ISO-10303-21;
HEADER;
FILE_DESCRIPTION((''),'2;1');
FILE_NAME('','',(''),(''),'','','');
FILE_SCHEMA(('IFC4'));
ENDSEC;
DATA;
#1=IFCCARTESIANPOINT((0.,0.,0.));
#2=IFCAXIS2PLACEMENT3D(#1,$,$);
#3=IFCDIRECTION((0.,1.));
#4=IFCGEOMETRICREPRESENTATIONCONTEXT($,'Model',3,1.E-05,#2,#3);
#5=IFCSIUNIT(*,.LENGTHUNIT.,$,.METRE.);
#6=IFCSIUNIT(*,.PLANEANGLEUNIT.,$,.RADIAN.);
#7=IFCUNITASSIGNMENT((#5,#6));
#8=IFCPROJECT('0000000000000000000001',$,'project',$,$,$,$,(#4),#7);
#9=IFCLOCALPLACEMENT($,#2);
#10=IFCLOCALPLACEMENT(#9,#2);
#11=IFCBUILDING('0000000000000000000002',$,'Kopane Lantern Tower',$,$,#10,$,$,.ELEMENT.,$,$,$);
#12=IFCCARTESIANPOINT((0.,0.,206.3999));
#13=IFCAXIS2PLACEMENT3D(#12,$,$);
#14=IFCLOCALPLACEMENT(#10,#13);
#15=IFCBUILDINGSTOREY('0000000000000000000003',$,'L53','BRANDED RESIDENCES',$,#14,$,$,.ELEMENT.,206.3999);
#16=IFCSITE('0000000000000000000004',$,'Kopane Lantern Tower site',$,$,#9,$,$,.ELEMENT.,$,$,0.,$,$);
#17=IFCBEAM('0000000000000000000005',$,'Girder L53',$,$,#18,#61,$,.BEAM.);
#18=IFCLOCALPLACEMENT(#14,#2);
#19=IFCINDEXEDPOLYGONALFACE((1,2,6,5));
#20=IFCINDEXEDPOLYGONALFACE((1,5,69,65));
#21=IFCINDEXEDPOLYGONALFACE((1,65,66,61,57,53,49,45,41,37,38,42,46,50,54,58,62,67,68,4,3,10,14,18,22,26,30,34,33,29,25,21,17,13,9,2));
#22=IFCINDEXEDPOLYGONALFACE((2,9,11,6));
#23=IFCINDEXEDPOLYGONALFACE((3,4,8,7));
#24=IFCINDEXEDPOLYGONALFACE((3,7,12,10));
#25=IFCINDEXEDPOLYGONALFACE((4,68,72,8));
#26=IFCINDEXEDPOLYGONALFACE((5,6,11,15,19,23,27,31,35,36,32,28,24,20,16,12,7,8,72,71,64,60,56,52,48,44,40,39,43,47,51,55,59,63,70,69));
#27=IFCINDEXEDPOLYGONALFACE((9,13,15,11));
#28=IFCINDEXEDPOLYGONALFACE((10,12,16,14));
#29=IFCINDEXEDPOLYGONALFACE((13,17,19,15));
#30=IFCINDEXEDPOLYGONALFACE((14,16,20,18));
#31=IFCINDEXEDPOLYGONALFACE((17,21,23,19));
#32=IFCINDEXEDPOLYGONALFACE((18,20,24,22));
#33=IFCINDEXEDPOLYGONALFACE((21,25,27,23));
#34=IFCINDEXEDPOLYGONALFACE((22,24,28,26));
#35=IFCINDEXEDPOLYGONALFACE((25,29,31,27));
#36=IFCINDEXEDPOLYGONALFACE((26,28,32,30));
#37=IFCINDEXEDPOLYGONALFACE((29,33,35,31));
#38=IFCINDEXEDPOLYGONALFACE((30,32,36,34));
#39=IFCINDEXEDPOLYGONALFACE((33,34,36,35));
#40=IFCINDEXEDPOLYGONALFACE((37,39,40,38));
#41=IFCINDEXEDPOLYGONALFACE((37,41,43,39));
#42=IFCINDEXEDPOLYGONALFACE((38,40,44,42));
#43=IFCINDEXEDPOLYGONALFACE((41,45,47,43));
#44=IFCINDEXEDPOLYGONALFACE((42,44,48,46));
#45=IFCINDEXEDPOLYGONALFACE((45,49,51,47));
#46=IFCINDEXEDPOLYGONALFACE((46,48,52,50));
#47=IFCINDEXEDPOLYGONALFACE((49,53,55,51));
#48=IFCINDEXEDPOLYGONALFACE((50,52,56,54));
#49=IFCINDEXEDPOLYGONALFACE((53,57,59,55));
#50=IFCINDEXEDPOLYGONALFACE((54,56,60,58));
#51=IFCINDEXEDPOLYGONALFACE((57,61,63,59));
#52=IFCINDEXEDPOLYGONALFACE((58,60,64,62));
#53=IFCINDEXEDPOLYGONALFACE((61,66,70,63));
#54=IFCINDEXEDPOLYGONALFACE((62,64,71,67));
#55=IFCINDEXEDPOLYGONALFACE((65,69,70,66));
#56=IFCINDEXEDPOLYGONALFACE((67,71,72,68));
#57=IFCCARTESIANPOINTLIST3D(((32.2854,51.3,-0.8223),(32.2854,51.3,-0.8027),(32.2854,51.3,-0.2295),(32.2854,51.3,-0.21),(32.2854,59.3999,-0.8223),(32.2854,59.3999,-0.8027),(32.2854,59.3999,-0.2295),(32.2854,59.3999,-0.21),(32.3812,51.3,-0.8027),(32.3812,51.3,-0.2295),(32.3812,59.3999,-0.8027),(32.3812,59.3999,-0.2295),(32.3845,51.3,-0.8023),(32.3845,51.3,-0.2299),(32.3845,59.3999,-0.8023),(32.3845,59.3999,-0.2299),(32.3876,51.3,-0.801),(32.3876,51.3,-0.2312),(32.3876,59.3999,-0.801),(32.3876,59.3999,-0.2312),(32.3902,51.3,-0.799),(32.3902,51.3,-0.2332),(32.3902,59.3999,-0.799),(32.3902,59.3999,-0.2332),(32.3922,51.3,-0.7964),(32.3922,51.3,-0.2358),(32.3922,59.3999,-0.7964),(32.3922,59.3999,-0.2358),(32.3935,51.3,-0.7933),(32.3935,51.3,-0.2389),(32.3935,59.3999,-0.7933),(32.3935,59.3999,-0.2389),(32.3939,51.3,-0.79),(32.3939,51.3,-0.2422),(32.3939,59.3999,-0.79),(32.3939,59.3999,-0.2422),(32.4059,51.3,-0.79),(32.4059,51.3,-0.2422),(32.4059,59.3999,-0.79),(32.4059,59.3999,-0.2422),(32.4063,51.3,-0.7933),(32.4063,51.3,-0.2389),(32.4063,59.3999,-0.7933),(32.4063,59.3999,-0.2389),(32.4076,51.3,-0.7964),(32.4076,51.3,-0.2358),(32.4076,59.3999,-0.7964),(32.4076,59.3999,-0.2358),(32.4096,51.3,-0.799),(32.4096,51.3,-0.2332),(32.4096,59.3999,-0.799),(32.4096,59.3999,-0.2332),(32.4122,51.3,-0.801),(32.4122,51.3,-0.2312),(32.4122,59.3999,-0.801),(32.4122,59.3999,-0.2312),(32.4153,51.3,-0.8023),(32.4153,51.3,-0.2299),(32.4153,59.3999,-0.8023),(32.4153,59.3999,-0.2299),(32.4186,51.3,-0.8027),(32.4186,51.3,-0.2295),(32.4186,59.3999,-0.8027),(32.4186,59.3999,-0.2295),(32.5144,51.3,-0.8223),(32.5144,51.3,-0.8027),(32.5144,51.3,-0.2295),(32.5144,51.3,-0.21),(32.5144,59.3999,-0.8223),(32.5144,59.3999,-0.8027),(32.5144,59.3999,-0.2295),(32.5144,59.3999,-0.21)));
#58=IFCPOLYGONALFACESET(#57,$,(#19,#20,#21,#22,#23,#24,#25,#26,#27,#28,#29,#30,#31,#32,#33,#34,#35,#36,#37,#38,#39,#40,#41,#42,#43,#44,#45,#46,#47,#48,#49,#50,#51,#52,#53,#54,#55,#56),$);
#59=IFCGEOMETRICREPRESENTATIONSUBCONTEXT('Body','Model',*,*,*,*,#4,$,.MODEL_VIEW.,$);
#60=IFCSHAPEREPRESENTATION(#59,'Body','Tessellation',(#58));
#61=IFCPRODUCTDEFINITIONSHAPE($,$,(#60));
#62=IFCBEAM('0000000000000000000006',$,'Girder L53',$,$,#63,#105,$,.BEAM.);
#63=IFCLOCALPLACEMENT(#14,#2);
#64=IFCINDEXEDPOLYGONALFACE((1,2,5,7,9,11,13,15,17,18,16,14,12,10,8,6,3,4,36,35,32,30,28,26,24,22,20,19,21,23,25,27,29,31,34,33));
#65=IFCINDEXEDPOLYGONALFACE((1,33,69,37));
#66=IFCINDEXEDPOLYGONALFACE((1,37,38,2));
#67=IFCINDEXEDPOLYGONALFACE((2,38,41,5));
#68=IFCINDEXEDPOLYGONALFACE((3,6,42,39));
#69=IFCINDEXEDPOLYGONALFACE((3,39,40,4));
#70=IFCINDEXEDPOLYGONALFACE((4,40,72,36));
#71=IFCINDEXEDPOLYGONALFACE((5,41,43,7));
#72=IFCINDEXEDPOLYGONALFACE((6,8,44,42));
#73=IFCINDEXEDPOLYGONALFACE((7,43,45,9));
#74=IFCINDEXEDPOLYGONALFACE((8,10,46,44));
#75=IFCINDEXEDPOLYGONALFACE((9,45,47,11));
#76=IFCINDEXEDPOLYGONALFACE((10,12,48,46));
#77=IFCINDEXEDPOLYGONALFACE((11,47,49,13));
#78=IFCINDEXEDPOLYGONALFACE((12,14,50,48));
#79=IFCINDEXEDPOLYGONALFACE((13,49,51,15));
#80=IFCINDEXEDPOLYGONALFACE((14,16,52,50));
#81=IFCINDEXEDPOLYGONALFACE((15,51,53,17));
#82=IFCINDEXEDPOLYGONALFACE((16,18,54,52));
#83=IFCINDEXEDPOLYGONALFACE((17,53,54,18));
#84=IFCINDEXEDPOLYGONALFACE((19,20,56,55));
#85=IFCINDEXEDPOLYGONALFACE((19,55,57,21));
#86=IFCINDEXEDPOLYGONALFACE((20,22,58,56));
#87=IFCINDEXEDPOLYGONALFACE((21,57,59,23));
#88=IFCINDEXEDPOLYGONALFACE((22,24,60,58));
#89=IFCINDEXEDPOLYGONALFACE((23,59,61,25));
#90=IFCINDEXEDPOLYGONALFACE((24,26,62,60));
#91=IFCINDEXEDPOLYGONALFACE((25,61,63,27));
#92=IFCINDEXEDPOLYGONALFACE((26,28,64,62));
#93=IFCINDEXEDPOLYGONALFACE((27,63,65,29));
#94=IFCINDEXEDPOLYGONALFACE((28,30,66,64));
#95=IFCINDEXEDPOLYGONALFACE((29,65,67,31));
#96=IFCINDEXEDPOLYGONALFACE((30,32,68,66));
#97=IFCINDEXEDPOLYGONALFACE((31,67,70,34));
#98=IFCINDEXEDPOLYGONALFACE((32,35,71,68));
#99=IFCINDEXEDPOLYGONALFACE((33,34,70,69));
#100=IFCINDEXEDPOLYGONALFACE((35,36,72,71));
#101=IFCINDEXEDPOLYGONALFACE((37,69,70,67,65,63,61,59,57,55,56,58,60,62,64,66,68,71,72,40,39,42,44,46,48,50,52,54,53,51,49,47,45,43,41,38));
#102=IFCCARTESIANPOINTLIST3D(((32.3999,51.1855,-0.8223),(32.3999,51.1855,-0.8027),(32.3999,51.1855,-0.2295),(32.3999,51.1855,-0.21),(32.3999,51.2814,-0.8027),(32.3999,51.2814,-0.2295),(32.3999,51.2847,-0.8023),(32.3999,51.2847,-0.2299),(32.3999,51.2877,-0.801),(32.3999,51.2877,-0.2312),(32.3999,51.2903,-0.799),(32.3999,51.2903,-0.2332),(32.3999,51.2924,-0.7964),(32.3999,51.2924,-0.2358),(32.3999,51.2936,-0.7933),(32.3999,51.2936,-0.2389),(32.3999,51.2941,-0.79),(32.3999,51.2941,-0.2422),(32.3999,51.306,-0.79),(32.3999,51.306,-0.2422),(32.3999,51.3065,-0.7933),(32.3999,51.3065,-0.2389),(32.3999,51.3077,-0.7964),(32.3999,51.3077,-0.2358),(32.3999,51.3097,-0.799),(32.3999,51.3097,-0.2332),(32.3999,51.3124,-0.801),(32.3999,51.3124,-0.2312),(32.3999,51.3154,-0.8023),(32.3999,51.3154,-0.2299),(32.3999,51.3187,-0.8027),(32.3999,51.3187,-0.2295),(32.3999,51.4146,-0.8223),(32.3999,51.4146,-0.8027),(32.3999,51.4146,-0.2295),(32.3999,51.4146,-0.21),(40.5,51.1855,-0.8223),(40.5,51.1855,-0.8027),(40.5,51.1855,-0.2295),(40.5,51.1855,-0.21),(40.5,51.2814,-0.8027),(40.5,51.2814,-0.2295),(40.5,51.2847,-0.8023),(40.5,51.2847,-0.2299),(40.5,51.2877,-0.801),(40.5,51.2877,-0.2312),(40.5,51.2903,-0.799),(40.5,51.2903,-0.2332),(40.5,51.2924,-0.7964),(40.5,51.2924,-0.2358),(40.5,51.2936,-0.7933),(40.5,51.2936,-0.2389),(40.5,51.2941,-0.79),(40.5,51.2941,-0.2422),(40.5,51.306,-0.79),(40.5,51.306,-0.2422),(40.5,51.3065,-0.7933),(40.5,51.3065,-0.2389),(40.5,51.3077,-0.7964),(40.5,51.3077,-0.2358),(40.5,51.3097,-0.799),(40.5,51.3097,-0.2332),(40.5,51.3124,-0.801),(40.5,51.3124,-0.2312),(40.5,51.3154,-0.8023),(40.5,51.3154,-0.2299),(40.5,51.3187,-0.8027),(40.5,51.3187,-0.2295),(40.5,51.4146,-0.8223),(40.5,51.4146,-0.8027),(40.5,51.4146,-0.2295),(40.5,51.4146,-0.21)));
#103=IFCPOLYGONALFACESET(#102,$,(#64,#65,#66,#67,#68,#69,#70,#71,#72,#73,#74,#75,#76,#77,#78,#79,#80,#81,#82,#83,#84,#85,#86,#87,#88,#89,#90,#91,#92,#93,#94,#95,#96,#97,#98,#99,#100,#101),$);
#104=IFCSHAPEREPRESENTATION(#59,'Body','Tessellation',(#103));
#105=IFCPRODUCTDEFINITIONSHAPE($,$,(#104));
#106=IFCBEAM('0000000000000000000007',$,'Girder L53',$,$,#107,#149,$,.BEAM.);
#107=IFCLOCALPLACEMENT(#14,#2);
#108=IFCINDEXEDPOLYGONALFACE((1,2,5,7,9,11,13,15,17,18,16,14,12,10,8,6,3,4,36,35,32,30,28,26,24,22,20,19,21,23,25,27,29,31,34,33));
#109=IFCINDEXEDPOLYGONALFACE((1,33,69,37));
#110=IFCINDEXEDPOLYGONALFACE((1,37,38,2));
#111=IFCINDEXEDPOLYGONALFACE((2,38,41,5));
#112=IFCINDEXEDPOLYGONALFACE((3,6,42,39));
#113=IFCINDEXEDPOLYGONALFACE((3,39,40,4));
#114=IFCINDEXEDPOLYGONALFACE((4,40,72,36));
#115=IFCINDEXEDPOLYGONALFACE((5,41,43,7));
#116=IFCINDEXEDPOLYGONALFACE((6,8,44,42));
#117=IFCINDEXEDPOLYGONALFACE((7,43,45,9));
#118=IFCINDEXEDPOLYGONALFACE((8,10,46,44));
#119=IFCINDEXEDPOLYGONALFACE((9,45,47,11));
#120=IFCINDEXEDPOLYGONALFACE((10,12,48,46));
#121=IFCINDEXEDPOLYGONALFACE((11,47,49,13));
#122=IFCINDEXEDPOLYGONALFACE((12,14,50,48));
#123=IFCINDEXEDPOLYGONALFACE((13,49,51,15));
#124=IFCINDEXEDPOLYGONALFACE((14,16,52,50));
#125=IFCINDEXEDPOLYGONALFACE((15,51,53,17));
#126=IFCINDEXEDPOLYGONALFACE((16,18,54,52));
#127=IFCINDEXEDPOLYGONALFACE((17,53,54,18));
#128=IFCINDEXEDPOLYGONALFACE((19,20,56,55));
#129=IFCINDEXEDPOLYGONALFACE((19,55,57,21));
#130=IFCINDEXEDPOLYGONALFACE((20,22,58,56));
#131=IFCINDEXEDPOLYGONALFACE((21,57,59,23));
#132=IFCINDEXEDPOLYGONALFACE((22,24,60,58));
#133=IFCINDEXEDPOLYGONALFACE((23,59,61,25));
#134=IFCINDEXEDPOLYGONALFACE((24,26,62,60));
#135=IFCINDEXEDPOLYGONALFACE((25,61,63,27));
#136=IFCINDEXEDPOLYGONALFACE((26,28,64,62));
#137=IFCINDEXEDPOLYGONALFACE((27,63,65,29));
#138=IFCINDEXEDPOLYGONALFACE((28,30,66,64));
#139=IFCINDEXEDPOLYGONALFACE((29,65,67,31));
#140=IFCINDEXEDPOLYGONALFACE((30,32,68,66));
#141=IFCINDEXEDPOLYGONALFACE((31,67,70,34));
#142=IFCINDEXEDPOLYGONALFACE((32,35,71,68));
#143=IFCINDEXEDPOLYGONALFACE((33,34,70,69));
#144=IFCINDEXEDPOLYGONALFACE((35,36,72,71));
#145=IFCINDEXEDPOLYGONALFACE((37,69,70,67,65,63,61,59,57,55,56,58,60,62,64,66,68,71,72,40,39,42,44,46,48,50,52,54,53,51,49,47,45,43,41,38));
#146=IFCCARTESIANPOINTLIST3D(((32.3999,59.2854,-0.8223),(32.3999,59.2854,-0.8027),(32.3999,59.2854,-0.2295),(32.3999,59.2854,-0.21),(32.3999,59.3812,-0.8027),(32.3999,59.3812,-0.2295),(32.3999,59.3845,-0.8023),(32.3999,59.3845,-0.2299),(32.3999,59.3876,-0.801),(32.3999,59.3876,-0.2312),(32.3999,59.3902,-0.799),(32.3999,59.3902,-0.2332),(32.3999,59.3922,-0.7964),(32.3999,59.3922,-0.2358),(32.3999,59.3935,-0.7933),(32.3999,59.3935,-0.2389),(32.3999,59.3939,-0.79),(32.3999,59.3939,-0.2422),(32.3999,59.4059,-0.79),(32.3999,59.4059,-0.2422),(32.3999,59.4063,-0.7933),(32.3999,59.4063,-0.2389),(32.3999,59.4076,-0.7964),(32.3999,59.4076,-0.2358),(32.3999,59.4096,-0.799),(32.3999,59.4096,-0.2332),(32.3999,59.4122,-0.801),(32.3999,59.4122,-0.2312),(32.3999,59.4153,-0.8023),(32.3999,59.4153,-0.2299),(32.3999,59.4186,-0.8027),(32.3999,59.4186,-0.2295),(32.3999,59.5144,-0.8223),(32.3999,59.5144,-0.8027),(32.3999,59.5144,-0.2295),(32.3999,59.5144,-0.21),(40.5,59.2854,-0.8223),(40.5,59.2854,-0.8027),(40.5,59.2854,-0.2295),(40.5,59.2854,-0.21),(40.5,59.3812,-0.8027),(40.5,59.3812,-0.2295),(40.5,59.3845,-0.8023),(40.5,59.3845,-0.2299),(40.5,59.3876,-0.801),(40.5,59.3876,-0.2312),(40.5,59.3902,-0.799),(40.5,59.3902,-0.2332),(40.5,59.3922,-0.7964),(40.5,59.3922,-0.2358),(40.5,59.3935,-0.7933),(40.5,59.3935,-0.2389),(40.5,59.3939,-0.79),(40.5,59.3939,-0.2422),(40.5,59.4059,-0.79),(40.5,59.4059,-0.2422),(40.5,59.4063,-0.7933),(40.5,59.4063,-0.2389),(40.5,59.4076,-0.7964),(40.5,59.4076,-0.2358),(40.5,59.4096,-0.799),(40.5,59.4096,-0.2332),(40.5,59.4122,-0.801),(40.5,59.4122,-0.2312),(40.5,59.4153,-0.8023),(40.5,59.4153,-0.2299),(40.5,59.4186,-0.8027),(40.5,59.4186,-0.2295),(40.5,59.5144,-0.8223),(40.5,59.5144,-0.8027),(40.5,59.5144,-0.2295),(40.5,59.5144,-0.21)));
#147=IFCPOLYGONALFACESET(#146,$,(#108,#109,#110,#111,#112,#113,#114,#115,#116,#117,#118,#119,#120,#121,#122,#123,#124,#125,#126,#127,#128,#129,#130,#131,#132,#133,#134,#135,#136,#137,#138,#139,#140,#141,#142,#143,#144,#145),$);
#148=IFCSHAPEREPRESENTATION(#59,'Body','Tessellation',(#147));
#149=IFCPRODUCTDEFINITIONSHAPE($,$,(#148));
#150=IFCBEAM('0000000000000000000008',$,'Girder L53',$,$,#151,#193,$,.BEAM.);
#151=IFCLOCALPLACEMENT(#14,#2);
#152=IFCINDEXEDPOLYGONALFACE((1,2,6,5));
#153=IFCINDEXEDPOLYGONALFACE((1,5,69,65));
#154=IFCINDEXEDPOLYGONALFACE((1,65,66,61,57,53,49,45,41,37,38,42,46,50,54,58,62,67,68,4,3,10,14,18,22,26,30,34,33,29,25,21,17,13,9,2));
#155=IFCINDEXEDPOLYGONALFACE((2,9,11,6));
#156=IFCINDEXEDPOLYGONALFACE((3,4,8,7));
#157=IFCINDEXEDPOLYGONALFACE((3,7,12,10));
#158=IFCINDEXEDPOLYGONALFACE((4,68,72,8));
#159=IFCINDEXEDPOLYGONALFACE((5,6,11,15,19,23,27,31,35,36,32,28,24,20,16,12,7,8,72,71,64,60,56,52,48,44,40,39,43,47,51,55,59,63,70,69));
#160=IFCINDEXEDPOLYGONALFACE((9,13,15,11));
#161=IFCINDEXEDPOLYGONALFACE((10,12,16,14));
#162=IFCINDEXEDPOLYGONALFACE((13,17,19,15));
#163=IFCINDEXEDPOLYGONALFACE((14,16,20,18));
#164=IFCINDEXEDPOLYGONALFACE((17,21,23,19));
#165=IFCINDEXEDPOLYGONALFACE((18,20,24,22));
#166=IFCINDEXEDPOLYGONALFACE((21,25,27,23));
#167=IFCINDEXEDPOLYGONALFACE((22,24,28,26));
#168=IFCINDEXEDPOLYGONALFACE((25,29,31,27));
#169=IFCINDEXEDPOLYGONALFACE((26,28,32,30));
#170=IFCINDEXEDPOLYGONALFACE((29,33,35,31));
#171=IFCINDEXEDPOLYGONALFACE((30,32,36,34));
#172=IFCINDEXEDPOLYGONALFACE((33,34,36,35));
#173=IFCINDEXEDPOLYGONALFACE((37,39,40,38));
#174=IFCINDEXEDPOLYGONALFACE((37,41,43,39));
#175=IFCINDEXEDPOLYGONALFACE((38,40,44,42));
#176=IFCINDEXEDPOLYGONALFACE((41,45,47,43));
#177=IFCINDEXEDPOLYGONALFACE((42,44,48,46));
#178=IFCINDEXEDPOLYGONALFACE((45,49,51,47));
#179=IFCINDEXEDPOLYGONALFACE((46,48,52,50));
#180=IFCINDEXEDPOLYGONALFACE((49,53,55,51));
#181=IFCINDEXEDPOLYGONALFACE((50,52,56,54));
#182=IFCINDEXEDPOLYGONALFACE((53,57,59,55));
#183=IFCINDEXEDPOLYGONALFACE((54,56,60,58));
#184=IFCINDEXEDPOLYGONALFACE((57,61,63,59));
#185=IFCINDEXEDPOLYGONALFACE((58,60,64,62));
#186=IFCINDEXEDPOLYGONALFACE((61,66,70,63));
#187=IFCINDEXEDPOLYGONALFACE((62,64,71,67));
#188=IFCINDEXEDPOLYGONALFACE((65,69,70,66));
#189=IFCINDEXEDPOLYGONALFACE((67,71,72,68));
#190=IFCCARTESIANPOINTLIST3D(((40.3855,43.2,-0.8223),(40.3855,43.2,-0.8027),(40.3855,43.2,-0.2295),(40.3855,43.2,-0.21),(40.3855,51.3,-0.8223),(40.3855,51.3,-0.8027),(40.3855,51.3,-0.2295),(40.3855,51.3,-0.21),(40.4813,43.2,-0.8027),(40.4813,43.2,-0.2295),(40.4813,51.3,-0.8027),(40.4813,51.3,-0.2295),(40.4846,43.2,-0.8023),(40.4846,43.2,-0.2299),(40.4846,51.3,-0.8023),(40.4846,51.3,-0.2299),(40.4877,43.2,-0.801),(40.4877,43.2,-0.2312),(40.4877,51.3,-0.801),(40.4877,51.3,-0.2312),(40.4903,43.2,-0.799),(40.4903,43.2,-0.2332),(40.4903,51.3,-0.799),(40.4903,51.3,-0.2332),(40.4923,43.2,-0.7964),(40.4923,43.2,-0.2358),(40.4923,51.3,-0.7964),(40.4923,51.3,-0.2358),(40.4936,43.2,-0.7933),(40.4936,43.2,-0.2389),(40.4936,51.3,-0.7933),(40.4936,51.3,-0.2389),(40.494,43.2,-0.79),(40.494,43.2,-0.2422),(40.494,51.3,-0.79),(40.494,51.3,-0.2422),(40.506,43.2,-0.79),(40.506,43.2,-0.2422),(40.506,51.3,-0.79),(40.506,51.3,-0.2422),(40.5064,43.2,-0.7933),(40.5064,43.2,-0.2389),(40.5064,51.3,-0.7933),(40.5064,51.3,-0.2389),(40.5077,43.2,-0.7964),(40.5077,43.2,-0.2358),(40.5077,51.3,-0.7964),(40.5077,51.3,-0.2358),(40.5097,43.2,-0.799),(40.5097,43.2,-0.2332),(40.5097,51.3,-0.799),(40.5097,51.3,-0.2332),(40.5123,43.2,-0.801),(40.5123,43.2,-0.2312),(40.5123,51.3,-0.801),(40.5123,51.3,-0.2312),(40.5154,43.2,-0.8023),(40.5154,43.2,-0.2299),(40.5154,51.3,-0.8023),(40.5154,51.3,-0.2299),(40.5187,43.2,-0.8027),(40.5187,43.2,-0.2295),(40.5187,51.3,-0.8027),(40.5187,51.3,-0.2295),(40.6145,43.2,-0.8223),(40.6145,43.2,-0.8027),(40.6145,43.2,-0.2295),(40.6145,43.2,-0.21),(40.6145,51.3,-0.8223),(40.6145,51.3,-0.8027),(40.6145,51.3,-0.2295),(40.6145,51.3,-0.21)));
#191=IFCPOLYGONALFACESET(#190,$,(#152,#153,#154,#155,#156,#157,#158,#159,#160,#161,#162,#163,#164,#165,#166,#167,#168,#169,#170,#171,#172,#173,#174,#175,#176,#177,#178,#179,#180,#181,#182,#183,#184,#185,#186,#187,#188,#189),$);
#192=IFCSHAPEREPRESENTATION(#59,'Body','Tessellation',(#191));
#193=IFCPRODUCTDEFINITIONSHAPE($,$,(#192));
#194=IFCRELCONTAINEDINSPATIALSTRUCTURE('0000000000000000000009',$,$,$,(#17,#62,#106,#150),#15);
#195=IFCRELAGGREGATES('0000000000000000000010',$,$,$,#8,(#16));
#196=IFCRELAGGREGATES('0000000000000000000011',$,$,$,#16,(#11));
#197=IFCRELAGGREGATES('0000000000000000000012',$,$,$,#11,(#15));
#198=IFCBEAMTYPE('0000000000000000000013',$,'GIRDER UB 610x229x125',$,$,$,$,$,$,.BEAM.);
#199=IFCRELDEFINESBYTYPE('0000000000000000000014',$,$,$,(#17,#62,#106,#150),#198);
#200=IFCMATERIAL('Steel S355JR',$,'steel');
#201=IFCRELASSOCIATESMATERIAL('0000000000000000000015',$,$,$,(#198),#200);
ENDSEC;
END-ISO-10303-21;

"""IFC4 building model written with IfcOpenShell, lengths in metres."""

from ifc_helpers import new_model, si_unit, direction, frame, origin, origin_2d, place, context, subcontext, project, spatial, i_section, extrude, material, material_profile, profile_set, type_object, element, save


model = new_model("IFC4")

# Units and contexts
model_context = context("Model", 3, precision=1e-05, world=origin(), true_north=direction((0.0, 1.0)))
body_context = subcontext(model_context, "Body", "Model", "MODEL_VIEW")
ifc_project = project(units=[si_unit("LENGTHUNIT", "METRE"), si_unit("PLANEANGLEUNIT", "RADIAN")], contexts=[model_context])

# Site, building, storey
site_placement = place(None, origin())
site = spatial("IfcSite", under=ifc_project, at=site_placement, Name="Kopane Lantern Tower site", CompositionType="ELEMENT", RefElevation=0.0)
building_placement = place(site_placement, origin())
building = spatial("IfcBuilding", under=site, at=building_placement, Name="Kopane Lantern Tower", CompositionType="ELEMENT")
storey_placement = place(building_placement, frame((0.0, 0.0, 206.3999)))
storey = spatial("IfcBuildingStorey", under=building, at=storey_placement, Name="L53", Description="BRANDED RESIDENCES", CompositionType="ELEMENT", Elevation=206.3999)

# Beams
ifc_material_1 = material(Name="Steel S355JR", Category="steel")
ifc_material_profile_1 = material_profile(ifc_material_1, i_section(OverallWidth=0.229, OverallDepth=0.6123, WebThickness=0.012, FlangeThickness=0.0195, FilletRadius=0.0127, at=origin_2d()), Name="UB 610x229x125")
ifc_profile_set_1 = profile_set([ifc_material_profile_1], Name="Steel S355JR")
beam_type = type_object("IfcBeamType", Name="GIRDER UB 610x229x125", PredefinedType="BEAM", material=ifc_profile_set_1)
beam_placement = place(storey_placement, frame((32.3999, 51.3, -0.5161), z_axis=(0.0, 1.0, 0.0), x_axis=(-1.0, 0.0, 0.0)))
element("IfcBeam", 1, at=beam_placement, inside=storey, type_object=beam_type, Name="Girder L53", PredefinedType="BEAM", context=body_context, shape_type="SweptSolid", body=[
    extrude(i_section(OverallWidth=0.229, OverallDepth=0.6123, WebThickness=0.012, FlangeThickness=0.0195, FilletRadius=0.0127, at=origin_2d()), origin(), (0.0, 0.0, 1.0), 8.0999),
])
for number, where, z_axis, x_axis, name in (
    (2, (32.3999, 51.3, -0.5161), (1.0, 0.0, 0.0), (0.0, 1.0, 0.0), "Girder L53"),
    (3, (32.3999, 59.3999, -0.5161), (1.0, 0.0, 0.0), (0.0, 1.0, 0.0), "Girder L53"),
    (4, (40.5, 43.2, -0.5161), (0.0, 1.0, 0.0), (-1.0, 0.0, 0.0), "Girder L53"),
):
    element("IfcBeam", number, at=place(storey_placement, frame(where, z_axis=z_axis, x_axis=x_axis)), inside=storey, type_object=beam_type, Name=name, PredefinedType="BEAM", context=body_context, shape_type="SweptSolid", body=[
        extrude(i_section(OverallWidth=0.229, OverallDepth=0.6123, WebThickness=0.012, FlangeThickness=0.0195, FilletRadius=0.0127, at=origin_2d()), origin(), (0.0, 0.0, 1.0), 8.1001),
    ])

save(model, "model.ifc")
